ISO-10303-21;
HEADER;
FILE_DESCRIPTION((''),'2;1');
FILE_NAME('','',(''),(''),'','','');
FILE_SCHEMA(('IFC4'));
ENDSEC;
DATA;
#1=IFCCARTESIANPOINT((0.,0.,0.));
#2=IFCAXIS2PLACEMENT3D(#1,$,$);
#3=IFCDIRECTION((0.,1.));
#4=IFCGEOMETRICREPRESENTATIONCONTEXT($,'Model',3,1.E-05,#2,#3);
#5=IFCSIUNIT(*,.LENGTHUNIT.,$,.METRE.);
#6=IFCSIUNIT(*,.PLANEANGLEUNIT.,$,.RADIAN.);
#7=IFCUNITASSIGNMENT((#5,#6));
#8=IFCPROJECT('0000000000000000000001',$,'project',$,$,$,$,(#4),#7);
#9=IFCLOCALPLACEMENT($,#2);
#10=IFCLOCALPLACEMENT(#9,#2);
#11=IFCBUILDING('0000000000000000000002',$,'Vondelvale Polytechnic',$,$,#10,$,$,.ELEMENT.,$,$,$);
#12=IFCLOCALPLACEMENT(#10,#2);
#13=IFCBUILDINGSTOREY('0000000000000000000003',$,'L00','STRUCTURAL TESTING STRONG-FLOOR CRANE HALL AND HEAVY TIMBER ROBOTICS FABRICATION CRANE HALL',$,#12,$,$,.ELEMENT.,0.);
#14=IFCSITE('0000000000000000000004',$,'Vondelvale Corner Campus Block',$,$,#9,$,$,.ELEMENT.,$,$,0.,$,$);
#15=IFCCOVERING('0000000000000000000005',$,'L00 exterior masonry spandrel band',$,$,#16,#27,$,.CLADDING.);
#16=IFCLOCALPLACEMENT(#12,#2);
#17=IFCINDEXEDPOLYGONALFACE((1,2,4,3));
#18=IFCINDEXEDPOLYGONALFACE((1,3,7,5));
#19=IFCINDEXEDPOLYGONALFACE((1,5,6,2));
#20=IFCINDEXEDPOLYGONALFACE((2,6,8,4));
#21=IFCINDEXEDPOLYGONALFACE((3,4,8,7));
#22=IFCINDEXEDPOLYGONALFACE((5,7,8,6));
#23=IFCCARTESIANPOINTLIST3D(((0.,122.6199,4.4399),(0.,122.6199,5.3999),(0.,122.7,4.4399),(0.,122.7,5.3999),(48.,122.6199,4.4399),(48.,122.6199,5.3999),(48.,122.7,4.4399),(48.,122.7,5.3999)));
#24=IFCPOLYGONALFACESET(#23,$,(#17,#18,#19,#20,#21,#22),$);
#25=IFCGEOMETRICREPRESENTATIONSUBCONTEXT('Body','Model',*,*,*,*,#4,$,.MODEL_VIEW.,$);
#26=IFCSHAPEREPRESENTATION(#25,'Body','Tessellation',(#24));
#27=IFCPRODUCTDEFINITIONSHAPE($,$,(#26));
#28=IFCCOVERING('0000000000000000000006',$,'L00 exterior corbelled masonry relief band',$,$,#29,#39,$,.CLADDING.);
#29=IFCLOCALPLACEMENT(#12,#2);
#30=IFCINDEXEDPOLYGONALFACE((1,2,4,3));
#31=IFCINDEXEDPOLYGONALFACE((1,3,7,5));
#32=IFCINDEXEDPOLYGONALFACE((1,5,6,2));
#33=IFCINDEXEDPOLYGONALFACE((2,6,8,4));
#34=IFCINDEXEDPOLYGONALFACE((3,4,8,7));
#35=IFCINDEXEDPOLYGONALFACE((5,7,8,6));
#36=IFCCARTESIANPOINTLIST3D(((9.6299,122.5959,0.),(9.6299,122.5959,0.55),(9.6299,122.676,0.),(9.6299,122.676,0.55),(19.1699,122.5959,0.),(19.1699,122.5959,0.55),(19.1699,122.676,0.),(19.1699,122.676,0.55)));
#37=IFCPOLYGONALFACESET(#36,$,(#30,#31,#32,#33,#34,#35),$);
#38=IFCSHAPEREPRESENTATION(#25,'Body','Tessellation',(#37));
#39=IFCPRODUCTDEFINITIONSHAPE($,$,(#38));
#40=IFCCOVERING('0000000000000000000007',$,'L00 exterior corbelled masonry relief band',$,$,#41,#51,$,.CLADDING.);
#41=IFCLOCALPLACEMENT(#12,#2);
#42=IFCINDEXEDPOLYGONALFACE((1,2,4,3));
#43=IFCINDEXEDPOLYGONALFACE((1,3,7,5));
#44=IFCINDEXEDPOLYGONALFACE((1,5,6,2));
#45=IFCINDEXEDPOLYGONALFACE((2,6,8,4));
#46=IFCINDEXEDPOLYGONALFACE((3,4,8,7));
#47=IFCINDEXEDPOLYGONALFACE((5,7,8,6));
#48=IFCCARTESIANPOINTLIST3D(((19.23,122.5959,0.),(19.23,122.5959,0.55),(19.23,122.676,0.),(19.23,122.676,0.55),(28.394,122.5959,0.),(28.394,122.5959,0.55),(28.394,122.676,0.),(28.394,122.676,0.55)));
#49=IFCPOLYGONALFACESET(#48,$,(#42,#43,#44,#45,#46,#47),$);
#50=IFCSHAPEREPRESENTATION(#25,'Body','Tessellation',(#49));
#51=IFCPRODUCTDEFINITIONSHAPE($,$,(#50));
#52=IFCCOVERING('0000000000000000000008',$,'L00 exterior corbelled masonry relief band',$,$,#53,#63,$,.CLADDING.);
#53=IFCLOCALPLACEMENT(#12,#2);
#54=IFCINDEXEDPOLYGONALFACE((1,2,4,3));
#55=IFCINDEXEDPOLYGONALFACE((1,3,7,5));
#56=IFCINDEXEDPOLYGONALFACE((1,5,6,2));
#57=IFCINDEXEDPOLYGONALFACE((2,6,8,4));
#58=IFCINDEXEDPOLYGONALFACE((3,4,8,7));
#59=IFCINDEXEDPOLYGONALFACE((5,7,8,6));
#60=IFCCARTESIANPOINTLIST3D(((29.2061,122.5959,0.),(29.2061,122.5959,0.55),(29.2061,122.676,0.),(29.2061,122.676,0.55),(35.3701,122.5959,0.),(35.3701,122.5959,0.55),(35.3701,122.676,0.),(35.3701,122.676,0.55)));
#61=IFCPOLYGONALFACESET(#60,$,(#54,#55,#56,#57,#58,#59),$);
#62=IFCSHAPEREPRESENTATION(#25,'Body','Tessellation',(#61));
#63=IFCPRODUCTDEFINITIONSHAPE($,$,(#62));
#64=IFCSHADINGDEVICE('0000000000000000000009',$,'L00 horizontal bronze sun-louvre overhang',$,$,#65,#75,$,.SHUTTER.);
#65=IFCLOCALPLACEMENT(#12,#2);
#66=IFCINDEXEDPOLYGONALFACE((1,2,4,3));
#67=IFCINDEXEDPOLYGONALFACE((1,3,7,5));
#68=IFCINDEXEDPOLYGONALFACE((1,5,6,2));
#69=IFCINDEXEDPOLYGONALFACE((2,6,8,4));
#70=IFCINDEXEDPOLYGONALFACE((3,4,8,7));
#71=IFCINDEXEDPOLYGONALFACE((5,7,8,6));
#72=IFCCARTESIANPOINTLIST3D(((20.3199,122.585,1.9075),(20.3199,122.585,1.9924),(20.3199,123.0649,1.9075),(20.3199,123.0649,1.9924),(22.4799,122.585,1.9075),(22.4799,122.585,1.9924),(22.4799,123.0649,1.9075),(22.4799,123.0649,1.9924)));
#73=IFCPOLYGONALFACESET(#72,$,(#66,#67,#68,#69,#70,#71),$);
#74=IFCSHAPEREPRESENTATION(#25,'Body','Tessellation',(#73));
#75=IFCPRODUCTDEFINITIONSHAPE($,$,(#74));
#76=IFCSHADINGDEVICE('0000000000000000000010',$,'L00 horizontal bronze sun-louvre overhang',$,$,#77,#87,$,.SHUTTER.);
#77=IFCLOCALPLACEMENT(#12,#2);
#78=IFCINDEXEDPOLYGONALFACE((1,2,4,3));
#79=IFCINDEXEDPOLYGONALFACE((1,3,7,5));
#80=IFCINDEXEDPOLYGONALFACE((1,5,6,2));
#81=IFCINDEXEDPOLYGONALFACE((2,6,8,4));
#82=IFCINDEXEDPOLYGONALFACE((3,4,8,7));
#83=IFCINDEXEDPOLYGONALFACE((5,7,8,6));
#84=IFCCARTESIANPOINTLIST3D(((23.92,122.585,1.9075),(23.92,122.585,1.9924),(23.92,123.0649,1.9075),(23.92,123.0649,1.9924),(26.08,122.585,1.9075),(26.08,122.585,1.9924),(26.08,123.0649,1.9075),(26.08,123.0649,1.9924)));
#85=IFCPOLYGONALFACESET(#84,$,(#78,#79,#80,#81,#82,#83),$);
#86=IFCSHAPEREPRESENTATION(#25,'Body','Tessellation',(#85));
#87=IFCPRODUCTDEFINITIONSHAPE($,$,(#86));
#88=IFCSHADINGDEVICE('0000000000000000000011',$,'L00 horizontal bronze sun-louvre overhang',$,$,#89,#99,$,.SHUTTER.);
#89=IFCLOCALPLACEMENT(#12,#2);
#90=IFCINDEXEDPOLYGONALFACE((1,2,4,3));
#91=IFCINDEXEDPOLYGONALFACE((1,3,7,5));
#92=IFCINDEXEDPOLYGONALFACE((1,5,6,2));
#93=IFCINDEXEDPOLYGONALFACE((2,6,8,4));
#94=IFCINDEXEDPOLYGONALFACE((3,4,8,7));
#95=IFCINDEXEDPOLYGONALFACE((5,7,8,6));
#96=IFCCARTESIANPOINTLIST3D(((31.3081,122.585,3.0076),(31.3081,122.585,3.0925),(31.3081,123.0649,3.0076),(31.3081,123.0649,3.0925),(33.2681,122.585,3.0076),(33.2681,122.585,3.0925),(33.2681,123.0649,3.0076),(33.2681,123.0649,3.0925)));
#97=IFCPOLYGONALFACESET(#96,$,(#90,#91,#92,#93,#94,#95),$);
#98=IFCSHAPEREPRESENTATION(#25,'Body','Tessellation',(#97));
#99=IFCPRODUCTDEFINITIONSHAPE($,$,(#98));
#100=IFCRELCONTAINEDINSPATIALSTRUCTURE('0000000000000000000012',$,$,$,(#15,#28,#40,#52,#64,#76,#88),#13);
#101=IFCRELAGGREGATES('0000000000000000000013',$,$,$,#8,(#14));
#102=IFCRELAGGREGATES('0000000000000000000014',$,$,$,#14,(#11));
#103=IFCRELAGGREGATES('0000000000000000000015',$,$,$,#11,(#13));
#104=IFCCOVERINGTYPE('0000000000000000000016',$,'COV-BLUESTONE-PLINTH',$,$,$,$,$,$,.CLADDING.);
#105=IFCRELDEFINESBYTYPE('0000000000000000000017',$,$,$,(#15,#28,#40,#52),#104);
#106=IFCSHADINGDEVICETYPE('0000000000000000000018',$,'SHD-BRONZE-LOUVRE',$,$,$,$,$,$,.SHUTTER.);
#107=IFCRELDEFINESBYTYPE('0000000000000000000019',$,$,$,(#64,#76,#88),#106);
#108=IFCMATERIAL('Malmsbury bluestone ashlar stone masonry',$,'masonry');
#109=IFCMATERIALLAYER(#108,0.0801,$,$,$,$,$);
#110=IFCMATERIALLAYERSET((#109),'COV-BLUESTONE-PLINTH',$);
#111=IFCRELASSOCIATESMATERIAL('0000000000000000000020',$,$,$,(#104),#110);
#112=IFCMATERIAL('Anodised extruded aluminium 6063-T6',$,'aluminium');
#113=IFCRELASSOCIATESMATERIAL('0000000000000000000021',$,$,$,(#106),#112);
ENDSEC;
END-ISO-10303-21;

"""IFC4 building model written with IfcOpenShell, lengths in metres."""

from ifc_helpers import new_model, si_unit, direction, frame, origin, origin_2d, place, context, subcontext, project, spatial, rectangle, extrude, material, layer, layer_set, type_object, element, save


model = new_model("IFC4")

# Units and contexts
model_context = context("Model", 3, precision=1e-05, world=origin(), true_north=direction((0.0, 1.0)))
body_context = subcontext(model_context, "Body", "Model", "MODEL_VIEW")
ifc_project = project(units=[si_unit("LENGTHUNIT", "METRE"), si_unit("PLANEANGLEUNIT", "RADIAN")], contexts=[model_context])

# Site, building, storey
site_placement = place(None, origin())
site = spatial("IfcSite", under=ifc_project, at=site_placement, Name="Vondelvale Corner Campus Block", CompositionType="ELEMENT", RefElevation=0.0)
building_placement = place(site_placement, origin())
building = spatial("IfcBuilding", under=site, at=building_placement, Name="Vondelvale Polytechnic", CompositionType="ELEMENT")
storey_placement = place(building_placement, origin())
storey = spatial("IfcBuildingStorey", under=building, at=storey_placement, Name="L00", Description="STRUCTURAL TESTING STRONG-FLOOR CRANE HALL AND HEAVY TIMBER ROBOTICS FABRICATION CRANE HALL", CompositionType="ELEMENT", Elevation=0.0)

# Shared definitions
ifc_material_1 = material(Name="Malmsbury bluestone ashlar stone masonry", Category="masonry")

# Shared definitions
ifc_material_2 = material(Name="Anodised extruded aluminium 6063-T6", Category="aluminium")

# Coverings
ifc_layer_1 = layer(ifc_material_1, 0.0801)
ifc_layer_set_1 = layer_set([ifc_layer_1], Name="COV-BLUESTONE-PLINTH")
covering_type = type_object("IfcCoveringType", Name="COV-BLUESTONE-PLINTH", PredefinedType="CLADDING", material=ifc_layer_set_1)
covering_1_placement = place(storey_placement, frame((24.0, 122.6599, 4.4399), z_axis=(0.0, 0.0, 1.0), x_axis=(1.0, 0.0, 0.0)))
element("IfcCovering", 1, at=covering_1_placement, inside=storey, type_object=covering_type, Name="L00 exterior masonry spandrel band", PredefinedType="CLADDING", context=body_context, shape_type="SweptSolid", body=[
    extrude(rectangle(XDim=48.0, YDim=0.0801, at=origin_2d()), origin(), (0.0, 0.0, 1.0), 0.96),
])
covering_2_placement = place(storey_placement, frame((14.3999, 122.636, 0.0), z_axis=(0.0, 0.0, 1.0), x_axis=(1.0, 0.0, 0.0)))
element("IfcCovering", 2, at=covering_2_placement, inside=storey, type_object=covering_type, Name="L00 exterior corbelled masonry relief band", PredefinedType="CLADDING", context=body_context, shape_type="SweptSolid", body=[
    extrude(rectangle(XDim=9.54, YDim=0.0801, at=origin_2d()), origin(), (0.0, 0.0, 1.0), 0.55),
])
covering_3_placement = place(storey_placement, frame((23.812, 122.636, 0.0), z_axis=(0.0, 0.0, 1.0), x_axis=(1.0, 0.0, 0.0)))
element("IfcCovering", 3, at=covering_3_placement, inside=storey, type_object=covering_type, Name="L00 exterior corbelled masonry relief band", PredefinedType="CLADDING", context=body_context, shape_type="SweptSolid", body=[
    extrude(rectangle(XDim=9.1641, YDim=0.0801, at=origin_2d()), origin(), (0.0, 0.0, 1.0), 0.55),
])
covering_4_placement = place(storey_placement, frame((32.2881, 122.636, 0.0), z_axis=(0.0, 0.0, 1.0), x_axis=(1.0, 0.0, 0.0)))
element("IfcCovering", 4, at=covering_4_placement, inside=storey, type_object=covering_type, Name="L00 exterior corbelled masonry relief band", PredefinedType="CLADDING", context=body_context, shape_type="SweptSolid", body=[
    extrude(rectangle(XDim=6.1641, YDim=0.0801, at=origin_2d()), origin(), (0.0, 0.0, 1.0), 0.55),
])

# Shading devices
shading_device_type = type_object("IfcShadingDeviceType", Name="SHD-BRONZE-LOUVRE", PredefinedType="SHUTTER", material=ifc_material_2)
for number, where, z_axis, x_axis, name in (
    (5, (21.3999, 122.825, 1.9075), (0.0, 0.0, 1.0), (1.0, 0.0, 0.0), "L00 horizontal bronze sun-louvre overhang"),
    (6, (25.0, 122.825, 1.9075), (0.0, 0.0, 1.0), (1.0, 0.0, 0.0), "L00 horizontal bronze sun-louvre overhang"),
):
    element("IfcShadingDevice", number, at=place(storey_placement, frame(where, z_axis=z_axis, x_axis=x_axis)), inside=storey, type_object=shading_device_type, Name=name, PredefinedType="SHUTTER", context=body_context, shape_type="SweptSolid", body=[
        extrude(rectangle(XDim=2.1599, YDim=0.48, at=origin_2d()), origin(), (0.0, 0.0, 1.0), 0.085),
    ])
shading_device_placement = place(storey_placement, frame((32.2881, 122.825, 3.0076), z_axis=(0.0, 0.0, 1.0), x_axis=(1.0, 0.0, 0.0)))
element("IfcShadingDevice", 7, at=shading_device_placement, inside=storey, type_object=shading_device_type, Name="L00 horizontal bronze sun-louvre overhang", PredefinedType="SHUTTER", context=body_context, shape_type="SweptSolid", body=[
    extrude(rectangle(XDim=1.96, YDim=0.48, at=origin_2d()), origin(), (0.0, 0.0, 1.0), 0.085),
])

save(model, "model.ifc")
